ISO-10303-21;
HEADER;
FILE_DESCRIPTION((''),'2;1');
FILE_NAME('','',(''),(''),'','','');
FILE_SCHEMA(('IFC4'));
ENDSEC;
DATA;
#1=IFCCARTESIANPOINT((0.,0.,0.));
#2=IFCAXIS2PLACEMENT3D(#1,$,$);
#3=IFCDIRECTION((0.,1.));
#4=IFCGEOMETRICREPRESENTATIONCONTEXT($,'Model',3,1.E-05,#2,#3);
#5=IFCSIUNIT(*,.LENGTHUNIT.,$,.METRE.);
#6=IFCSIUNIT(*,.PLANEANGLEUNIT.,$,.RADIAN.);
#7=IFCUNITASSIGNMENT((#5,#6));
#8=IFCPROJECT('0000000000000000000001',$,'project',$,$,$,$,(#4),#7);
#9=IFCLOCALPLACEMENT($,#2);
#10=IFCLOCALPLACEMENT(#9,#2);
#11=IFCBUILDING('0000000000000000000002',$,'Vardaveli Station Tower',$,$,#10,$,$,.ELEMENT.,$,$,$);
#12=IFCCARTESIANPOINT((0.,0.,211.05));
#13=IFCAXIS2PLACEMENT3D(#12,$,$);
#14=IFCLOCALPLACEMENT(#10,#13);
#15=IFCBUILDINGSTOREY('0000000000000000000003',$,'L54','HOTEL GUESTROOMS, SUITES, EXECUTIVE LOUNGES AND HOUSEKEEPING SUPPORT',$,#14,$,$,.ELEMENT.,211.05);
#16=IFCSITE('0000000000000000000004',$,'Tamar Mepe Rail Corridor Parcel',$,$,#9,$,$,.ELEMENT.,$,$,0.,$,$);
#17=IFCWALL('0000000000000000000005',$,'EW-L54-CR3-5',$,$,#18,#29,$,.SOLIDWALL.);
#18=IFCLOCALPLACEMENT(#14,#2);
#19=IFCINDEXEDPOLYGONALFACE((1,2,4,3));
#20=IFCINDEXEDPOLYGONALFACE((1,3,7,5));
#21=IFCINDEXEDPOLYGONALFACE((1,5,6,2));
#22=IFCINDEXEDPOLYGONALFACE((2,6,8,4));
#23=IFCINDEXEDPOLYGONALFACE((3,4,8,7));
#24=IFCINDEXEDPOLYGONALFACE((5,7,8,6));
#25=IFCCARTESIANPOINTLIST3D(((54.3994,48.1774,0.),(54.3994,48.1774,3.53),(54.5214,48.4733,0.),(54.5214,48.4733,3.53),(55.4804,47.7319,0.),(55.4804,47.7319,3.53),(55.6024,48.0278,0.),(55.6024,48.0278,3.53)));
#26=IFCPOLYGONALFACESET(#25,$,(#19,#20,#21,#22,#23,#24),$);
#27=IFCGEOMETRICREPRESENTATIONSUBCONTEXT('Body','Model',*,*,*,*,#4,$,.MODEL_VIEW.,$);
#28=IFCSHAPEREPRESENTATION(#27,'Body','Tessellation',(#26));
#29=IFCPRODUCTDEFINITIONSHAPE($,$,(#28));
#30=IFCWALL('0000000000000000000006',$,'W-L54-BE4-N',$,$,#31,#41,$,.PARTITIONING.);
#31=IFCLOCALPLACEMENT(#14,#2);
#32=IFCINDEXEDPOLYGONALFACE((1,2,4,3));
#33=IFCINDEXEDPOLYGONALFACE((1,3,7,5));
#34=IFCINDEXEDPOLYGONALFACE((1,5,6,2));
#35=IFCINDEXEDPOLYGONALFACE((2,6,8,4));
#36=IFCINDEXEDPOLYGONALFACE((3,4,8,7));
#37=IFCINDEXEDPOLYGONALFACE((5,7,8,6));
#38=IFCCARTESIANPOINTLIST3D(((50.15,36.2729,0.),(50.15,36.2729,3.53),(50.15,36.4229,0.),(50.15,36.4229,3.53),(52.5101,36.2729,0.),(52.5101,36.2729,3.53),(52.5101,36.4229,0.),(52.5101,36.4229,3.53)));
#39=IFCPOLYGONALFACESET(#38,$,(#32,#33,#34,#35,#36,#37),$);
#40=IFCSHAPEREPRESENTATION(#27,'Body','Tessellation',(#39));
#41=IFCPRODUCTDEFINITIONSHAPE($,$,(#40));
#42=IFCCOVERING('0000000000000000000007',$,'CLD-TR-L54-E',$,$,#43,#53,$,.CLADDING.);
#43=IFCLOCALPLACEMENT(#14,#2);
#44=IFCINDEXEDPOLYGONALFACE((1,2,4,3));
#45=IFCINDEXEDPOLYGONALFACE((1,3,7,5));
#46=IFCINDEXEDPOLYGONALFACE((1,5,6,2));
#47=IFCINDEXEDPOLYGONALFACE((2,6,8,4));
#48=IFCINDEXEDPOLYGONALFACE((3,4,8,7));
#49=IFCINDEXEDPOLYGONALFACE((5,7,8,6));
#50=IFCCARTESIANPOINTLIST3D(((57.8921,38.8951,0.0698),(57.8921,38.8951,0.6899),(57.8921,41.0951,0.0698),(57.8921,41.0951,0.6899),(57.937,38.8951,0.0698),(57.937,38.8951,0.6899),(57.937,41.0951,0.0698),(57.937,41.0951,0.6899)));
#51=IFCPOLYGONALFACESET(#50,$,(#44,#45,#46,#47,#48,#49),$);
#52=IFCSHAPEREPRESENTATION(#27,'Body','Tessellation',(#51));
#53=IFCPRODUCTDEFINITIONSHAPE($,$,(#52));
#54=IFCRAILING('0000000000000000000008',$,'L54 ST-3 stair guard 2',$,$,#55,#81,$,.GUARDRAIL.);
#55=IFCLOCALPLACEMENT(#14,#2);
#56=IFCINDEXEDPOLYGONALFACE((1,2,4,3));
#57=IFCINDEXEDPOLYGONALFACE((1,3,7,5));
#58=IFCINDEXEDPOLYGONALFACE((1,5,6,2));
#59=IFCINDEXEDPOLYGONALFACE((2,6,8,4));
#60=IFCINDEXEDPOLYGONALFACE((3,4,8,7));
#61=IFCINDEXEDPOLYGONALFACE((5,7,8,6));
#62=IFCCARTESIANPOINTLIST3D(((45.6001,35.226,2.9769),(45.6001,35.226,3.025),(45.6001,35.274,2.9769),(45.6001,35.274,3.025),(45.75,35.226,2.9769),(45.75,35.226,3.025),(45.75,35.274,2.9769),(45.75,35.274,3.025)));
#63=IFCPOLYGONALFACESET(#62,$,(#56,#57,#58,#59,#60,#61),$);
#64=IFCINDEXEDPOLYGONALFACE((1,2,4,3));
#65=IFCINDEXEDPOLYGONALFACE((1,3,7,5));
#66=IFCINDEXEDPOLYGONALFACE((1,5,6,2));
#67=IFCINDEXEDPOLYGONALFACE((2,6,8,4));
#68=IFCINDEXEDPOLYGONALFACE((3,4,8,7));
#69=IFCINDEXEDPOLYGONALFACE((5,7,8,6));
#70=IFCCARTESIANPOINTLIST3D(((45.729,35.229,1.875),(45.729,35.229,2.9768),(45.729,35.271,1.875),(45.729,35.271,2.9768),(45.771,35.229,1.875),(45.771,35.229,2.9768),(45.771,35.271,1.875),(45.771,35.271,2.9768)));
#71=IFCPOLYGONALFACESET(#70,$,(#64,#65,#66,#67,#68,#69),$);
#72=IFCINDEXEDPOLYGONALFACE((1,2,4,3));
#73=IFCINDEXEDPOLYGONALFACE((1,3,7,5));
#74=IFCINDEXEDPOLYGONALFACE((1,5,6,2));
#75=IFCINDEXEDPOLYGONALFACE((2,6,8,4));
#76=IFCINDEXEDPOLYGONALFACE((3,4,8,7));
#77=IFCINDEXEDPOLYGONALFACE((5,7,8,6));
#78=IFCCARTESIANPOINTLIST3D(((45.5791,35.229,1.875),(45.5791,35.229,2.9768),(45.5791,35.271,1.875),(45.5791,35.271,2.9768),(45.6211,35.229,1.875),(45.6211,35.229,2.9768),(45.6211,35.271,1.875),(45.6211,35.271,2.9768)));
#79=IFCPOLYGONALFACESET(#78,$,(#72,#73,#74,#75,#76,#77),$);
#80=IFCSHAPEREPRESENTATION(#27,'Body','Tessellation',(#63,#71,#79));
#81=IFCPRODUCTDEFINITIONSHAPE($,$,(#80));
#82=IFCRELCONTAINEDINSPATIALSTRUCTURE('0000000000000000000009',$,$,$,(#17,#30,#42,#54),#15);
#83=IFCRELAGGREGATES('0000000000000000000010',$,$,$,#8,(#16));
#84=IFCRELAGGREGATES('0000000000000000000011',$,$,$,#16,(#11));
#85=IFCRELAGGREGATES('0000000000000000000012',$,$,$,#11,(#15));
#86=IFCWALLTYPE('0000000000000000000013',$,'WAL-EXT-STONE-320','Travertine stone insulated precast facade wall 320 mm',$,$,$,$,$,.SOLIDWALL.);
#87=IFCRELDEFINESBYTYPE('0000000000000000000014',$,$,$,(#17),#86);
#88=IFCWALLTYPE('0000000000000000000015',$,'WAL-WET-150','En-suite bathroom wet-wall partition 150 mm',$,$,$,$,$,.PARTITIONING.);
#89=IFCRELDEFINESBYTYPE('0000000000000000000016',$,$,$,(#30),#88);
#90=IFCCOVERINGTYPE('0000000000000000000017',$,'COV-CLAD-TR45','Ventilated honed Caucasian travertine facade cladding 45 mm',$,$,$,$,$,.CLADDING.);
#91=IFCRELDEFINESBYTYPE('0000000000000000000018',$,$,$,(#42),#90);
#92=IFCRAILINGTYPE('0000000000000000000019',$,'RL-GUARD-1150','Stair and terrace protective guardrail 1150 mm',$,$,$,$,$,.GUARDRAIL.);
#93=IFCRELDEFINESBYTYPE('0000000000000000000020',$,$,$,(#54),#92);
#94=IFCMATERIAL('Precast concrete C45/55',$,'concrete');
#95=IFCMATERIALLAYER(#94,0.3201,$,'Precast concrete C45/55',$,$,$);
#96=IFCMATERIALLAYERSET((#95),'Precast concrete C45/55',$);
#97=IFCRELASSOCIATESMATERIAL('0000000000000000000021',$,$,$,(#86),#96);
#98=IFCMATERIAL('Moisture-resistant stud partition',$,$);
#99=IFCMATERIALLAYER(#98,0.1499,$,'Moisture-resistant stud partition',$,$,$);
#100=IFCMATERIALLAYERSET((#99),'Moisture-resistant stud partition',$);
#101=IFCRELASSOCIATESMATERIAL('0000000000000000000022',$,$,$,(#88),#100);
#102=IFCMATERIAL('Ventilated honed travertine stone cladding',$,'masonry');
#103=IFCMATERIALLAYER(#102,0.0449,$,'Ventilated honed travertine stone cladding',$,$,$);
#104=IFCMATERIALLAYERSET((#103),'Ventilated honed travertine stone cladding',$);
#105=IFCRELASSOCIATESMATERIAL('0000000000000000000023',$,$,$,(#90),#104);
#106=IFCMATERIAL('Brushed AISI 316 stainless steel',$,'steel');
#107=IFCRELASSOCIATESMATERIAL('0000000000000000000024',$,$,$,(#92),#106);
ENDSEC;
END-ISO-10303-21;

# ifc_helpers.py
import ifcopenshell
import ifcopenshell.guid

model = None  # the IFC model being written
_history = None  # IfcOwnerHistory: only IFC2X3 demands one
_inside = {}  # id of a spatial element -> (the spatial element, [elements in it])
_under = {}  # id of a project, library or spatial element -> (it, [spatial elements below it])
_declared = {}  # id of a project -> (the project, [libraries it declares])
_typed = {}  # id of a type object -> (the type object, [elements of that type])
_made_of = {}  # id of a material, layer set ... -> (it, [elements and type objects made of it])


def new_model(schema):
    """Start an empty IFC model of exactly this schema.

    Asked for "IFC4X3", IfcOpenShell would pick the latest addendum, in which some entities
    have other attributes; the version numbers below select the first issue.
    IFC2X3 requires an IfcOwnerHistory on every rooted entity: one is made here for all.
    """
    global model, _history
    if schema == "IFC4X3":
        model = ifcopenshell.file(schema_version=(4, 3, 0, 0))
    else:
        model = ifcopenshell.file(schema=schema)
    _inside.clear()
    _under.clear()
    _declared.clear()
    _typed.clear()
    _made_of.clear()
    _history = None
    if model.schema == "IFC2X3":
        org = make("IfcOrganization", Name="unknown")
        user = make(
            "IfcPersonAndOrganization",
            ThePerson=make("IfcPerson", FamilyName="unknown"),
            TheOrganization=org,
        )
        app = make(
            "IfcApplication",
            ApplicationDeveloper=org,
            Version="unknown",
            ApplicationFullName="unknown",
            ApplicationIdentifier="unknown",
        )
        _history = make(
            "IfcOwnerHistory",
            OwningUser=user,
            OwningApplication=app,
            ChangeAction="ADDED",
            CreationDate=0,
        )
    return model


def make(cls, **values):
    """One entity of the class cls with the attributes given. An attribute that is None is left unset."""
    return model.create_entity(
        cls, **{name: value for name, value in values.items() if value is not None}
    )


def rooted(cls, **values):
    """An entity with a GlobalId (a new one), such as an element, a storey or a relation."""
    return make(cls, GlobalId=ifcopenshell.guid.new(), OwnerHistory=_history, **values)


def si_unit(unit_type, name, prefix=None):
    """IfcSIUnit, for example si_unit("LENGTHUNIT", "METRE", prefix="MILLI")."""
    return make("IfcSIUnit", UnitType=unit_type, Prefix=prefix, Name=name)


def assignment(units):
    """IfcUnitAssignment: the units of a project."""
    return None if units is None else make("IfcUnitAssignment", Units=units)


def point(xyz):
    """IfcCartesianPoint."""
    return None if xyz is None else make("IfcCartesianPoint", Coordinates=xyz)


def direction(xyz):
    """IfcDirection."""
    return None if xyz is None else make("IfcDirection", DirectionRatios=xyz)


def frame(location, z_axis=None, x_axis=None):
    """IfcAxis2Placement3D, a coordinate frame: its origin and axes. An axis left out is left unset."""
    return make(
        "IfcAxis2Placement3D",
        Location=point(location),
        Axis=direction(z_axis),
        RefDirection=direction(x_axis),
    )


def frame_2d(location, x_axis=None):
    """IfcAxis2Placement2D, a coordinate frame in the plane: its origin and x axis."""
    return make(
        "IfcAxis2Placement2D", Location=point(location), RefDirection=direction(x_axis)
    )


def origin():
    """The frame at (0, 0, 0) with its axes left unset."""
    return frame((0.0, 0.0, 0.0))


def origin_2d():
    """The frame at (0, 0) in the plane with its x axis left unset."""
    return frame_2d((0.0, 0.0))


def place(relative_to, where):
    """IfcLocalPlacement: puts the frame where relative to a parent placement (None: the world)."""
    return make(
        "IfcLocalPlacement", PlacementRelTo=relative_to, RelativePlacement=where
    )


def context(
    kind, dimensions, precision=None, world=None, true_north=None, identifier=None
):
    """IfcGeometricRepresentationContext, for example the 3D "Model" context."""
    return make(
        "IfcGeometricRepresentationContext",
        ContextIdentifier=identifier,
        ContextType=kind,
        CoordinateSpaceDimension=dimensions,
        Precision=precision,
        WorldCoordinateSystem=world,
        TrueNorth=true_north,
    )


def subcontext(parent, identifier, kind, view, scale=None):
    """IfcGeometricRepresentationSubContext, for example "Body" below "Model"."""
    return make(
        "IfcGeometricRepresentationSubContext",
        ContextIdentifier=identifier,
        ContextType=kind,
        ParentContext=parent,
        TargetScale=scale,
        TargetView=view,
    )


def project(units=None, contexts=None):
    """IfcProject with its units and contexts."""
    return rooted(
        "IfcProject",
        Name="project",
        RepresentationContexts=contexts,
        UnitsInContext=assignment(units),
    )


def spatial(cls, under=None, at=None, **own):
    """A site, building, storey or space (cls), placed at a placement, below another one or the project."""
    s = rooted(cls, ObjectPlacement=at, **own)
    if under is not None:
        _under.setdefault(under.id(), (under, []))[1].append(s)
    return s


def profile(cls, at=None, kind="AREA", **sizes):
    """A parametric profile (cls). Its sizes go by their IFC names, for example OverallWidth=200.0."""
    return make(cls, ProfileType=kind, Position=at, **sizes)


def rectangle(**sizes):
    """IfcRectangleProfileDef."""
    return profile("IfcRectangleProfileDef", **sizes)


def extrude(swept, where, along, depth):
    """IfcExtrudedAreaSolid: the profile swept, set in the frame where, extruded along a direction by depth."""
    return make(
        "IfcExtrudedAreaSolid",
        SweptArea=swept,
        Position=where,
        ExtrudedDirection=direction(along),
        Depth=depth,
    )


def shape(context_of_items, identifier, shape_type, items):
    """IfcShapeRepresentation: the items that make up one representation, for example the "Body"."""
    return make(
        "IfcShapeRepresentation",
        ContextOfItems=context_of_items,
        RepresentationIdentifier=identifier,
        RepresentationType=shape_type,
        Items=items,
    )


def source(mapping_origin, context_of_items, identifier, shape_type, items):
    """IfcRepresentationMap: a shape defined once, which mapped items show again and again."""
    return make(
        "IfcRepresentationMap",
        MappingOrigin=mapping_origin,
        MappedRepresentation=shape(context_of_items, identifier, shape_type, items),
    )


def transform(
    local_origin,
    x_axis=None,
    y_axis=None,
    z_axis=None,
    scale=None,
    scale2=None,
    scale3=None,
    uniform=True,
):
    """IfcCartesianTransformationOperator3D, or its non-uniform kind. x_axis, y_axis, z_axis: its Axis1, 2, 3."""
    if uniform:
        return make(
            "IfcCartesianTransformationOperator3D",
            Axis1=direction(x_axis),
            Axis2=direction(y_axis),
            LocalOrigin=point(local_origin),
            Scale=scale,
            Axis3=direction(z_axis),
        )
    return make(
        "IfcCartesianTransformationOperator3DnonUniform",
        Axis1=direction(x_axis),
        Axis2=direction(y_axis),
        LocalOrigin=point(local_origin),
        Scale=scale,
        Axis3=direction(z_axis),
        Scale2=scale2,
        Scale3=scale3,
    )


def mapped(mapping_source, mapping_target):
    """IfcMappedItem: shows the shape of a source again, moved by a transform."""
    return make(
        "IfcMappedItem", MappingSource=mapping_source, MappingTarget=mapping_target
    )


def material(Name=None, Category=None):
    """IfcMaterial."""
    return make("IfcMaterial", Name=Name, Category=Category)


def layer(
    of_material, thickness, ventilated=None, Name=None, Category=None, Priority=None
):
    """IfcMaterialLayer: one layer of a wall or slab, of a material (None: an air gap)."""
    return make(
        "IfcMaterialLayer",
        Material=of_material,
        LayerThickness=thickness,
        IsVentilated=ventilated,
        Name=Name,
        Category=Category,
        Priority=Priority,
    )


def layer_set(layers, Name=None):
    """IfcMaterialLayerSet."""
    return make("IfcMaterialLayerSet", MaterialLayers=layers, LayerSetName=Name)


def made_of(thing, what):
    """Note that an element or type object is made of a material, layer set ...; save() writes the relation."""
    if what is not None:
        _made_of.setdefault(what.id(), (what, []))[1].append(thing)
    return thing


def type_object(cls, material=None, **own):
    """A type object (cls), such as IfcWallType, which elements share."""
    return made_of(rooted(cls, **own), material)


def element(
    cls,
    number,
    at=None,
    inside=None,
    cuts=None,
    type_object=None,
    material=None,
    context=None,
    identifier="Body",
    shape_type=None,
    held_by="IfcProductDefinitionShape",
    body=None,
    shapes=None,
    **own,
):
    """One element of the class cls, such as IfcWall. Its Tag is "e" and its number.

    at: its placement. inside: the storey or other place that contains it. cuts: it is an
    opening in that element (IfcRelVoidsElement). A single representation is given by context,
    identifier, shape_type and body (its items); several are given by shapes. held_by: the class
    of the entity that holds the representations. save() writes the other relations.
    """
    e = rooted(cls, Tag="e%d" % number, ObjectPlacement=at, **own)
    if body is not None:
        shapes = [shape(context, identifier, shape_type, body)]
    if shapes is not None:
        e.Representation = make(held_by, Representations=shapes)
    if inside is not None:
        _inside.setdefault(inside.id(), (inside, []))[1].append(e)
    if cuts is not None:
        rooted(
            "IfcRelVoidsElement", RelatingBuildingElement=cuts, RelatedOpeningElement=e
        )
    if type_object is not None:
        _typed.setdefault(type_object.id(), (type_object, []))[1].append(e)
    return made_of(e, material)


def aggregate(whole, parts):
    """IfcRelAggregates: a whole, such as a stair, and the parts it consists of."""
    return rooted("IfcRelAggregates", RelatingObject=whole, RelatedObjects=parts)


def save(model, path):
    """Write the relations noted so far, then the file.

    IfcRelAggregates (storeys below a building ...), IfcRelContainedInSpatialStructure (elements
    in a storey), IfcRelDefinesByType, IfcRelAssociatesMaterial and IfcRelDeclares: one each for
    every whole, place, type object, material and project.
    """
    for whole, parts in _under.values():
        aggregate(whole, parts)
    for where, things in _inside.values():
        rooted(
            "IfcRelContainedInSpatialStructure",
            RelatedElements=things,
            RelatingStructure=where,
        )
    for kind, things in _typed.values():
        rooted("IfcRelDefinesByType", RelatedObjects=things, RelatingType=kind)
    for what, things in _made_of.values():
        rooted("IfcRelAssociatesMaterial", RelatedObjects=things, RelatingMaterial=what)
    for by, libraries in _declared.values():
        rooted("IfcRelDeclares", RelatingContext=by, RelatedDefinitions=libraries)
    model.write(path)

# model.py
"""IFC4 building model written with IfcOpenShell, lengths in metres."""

from ifc_helpers import new_model, si_unit, direction, frame, frame_2d, origin, origin_2d, place, context, subcontext, project, spatial, rectangle, extrude, source, transform, mapped, material, layer, layer_set, type_object, element, save


model = new_model("IFC4")

# Units and contexts
model_context = context("Model", 3, precision=1e-05, world=origin(), true_north=direction((0.0, 1.0)))
body_context = subcontext(model_context, "Body", "Model", "MODEL_VIEW")
ifc_project = project(units=[si_unit("LENGTHUNIT", "METRE"), si_unit("PLANEANGLEUNIT", "RADIAN")], contexts=[model_context])

# Site, building, storey
site_placement = place(None, origin())
site = spatial("IfcSite", under=ifc_project, at=site_placement, Name="Tamar Mepe Rail Corridor Parcel", CompositionType="ELEMENT", RefElevation=0.0)
building_placement = place(site_placement, origin())
building = spatial("IfcBuilding", under=site, at=building_placement, Name="Vardaveli Station Tower", CompositionType="ELEMENT")
storey_placement = place(building_placement, frame((0.0, 0.0, 211.05)))
storey = spatial("IfcBuildingStorey", under=building, at=storey_placement, Name="L54", Description="HOTEL GUESTROOMS, SUITES, EXECUTIVE LOUNGES AND HOUSEKEEPING SUPPORT", CompositionType="ELEMENT", Elevation=211.05)

# Shared definitions
ifc_material_1 = material(Name="Precast concrete C45/55", Category="concrete")

# Shared definitions
ifc_layer_1 = layer(ifc_material_1, 0.3201, Name="Precast concrete C45/55")
ifc_layer_set_1 = layer_set([ifc_layer_1], Name="Precast concrete C45/55")
wall_type_1 = type_object("IfcWallType", Name="WAL-EXT-STONE-320", Description="Travertine stone insulated precast facade wall 320 mm", PredefinedType="SOLIDWALL", material=ifc_layer_set_1)

# Walls
shared_shape_1 = source(origin(), body_context, "Body", "SweptSolid", [
    extrude(rectangle(XDim=1.1692, YDim=0.3201, at=frame_2d((0.5845, 0.0))), origin(), (0.0, 0.0, 1.0), 3.53),
])
for number, where, z_axis, x_axis, name in (
    (1, (55.5413, 47.8799, 0.0), (0.0, 0.0, 1.0), (-0.924553, 0.381054, 0.0), "EW-L54-CR3-5"),
):
    element("IfcWall", number, at=place(storey_placement, frame(where, z_axis=z_axis, x_axis=x_axis)), inside=storey, type_object=wall_type_1, Name=name, PredefinedType="SOLIDWALL", context=body_context, shape_type="MappedRepresentation", body=[
        mapped(shared_shape_1, transform((0.0, 0.0, 0.0), scale=1.0)),
    ])
ifc_material_2 = material(Name="Moisture-resistant stud partition")
ifc_layer_2 = layer(ifc_material_2, 0.1499, Name="Moisture-resistant stud partition")
ifc_layer_set_2 = layer_set([ifc_layer_2], Name="Moisture-resistant stud partition")
wall_type_2 = type_object("IfcWallType", Name="WAL-WET-150", Description="En-suite bathroom wet-wall partition 150 mm", PredefinedType="PARTITIONING", material=ifc_layer_set_2)
shared_shape_2 = source(origin(), body_context, "Body", "SweptSolid", [
    extrude(rectangle(XDim=2.3601, YDim=0.1499, at=frame_2d((1.1802, 0.0))), origin(), (0.0, 0.0, 1.0), 3.53),
])
wall_1_placement = place(storey_placement, frame((50.1499, 36.3479, 0.0), z_axis=(0.0, 0.0, 1.0), x_axis=(1.0, 0.0, 0.0)))
element("IfcWall", 2, at=wall_1_placement, inside=storey, type_object=wall_type_2, Name="W-L54-BE4-N", PredefinedType="PARTITIONING", context=body_context, shape_type="MappedRepresentation", body=[
    mapped(shared_shape_2, transform((0.0, 0.0, 0.0), scale=1.0)),
])

# Covering
ifc_material_3 = material(Name="Ventilated honed travertine stone cladding", Category="masonry")
ifc_layer_3 = layer(ifc_material_3, 0.0449, Name="Ventilated honed travertine stone cladding")
ifc_layer_set_3 = layer_set([ifc_layer_3], Name="Ventilated honed travertine stone cladding")
covering_type = type_object("IfcCoveringType", Name="COV-CLAD-TR45", Description="Ventilated honed Caucasian travertine facade cladding 45 mm", PredefinedType="CLADDING", material=ifc_layer_set_3)
shared_shape_3 = source(origin(), body_context, "Body", "SweptSolid", [
    extrude(rectangle(XDim=2.2, YDim=0.0449, at=origin_2d()), origin(), (0.0, 0.0, 1.0), 0.6201),
])
covering_placement = place(storey_placement, frame((57.9146, 39.9951, 0.0698), z_axis=(0.0, 0.0, 1.0), x_axis=(0.0, 1.0, 0.0)))
element("IfcCovering", 3, at=covering_placement, inside=storey, type_object=covering_type, Name="CLD-TR-L54-E", PredefinedType="CLADDING", context=body_context, shape_type="MappedRepresentation", body=[
    mapped(shared_shape_3, transform((0.0, 0.0, 0.0), scale=1.0)),
])

# Railing
ifc_material_4 = material(Name="Brushed AISI 316 stainless steel", Category="steel")
railing_type = type_object("IfcRailingType", Name="RL-GUARD-1150", Description="Stair and terrace protective guardrail 1150 mm", PredefinedType="GUARDRAIL", material=ifc_material_4)
shared_shape_4 = source(origin(), body_context, "Body", "SweptSolid", [
    extrude(rectangle(XDim=0.0481, YDim=0.0481, at=origin_2d()), frame((0.0, 0.0, 1.126), z_axis=(-1.0, 0.0, 0.0), x_axis=(0.0, -1.0, 0.0)), (0.0, 0.0, 1.0), 0.1499),
    extrude(rectangle(XDim=0.042, YDim=0.042, at=origin_2d()), origin(), (0.0, 0.0, 1.0), 1.1018),
    extrude(rectangle(XDim=0.042, YDim=0.042, at=origin_2d()), frame((-0.1499, 0.0, 0.0)), (0.0, 0.0, 1.0), 1.1018),
])
railing_placement = place(storey_placement, frame((45.75, 35.25, 1.875)))
element("IfcRailing", 4, at=railing_placement, inside=storey, type_object=railing_type, Name="L54 ST-3 stair guard 2", PredefinedType="GUARDRAIL", context=body_context, shape_type="MappedRepresentation", body=[
    mapped(shared_shape_4, transform((0.0, 0.0, 0.0), scale=1.0)),
])

save(model, "model.ifc")
